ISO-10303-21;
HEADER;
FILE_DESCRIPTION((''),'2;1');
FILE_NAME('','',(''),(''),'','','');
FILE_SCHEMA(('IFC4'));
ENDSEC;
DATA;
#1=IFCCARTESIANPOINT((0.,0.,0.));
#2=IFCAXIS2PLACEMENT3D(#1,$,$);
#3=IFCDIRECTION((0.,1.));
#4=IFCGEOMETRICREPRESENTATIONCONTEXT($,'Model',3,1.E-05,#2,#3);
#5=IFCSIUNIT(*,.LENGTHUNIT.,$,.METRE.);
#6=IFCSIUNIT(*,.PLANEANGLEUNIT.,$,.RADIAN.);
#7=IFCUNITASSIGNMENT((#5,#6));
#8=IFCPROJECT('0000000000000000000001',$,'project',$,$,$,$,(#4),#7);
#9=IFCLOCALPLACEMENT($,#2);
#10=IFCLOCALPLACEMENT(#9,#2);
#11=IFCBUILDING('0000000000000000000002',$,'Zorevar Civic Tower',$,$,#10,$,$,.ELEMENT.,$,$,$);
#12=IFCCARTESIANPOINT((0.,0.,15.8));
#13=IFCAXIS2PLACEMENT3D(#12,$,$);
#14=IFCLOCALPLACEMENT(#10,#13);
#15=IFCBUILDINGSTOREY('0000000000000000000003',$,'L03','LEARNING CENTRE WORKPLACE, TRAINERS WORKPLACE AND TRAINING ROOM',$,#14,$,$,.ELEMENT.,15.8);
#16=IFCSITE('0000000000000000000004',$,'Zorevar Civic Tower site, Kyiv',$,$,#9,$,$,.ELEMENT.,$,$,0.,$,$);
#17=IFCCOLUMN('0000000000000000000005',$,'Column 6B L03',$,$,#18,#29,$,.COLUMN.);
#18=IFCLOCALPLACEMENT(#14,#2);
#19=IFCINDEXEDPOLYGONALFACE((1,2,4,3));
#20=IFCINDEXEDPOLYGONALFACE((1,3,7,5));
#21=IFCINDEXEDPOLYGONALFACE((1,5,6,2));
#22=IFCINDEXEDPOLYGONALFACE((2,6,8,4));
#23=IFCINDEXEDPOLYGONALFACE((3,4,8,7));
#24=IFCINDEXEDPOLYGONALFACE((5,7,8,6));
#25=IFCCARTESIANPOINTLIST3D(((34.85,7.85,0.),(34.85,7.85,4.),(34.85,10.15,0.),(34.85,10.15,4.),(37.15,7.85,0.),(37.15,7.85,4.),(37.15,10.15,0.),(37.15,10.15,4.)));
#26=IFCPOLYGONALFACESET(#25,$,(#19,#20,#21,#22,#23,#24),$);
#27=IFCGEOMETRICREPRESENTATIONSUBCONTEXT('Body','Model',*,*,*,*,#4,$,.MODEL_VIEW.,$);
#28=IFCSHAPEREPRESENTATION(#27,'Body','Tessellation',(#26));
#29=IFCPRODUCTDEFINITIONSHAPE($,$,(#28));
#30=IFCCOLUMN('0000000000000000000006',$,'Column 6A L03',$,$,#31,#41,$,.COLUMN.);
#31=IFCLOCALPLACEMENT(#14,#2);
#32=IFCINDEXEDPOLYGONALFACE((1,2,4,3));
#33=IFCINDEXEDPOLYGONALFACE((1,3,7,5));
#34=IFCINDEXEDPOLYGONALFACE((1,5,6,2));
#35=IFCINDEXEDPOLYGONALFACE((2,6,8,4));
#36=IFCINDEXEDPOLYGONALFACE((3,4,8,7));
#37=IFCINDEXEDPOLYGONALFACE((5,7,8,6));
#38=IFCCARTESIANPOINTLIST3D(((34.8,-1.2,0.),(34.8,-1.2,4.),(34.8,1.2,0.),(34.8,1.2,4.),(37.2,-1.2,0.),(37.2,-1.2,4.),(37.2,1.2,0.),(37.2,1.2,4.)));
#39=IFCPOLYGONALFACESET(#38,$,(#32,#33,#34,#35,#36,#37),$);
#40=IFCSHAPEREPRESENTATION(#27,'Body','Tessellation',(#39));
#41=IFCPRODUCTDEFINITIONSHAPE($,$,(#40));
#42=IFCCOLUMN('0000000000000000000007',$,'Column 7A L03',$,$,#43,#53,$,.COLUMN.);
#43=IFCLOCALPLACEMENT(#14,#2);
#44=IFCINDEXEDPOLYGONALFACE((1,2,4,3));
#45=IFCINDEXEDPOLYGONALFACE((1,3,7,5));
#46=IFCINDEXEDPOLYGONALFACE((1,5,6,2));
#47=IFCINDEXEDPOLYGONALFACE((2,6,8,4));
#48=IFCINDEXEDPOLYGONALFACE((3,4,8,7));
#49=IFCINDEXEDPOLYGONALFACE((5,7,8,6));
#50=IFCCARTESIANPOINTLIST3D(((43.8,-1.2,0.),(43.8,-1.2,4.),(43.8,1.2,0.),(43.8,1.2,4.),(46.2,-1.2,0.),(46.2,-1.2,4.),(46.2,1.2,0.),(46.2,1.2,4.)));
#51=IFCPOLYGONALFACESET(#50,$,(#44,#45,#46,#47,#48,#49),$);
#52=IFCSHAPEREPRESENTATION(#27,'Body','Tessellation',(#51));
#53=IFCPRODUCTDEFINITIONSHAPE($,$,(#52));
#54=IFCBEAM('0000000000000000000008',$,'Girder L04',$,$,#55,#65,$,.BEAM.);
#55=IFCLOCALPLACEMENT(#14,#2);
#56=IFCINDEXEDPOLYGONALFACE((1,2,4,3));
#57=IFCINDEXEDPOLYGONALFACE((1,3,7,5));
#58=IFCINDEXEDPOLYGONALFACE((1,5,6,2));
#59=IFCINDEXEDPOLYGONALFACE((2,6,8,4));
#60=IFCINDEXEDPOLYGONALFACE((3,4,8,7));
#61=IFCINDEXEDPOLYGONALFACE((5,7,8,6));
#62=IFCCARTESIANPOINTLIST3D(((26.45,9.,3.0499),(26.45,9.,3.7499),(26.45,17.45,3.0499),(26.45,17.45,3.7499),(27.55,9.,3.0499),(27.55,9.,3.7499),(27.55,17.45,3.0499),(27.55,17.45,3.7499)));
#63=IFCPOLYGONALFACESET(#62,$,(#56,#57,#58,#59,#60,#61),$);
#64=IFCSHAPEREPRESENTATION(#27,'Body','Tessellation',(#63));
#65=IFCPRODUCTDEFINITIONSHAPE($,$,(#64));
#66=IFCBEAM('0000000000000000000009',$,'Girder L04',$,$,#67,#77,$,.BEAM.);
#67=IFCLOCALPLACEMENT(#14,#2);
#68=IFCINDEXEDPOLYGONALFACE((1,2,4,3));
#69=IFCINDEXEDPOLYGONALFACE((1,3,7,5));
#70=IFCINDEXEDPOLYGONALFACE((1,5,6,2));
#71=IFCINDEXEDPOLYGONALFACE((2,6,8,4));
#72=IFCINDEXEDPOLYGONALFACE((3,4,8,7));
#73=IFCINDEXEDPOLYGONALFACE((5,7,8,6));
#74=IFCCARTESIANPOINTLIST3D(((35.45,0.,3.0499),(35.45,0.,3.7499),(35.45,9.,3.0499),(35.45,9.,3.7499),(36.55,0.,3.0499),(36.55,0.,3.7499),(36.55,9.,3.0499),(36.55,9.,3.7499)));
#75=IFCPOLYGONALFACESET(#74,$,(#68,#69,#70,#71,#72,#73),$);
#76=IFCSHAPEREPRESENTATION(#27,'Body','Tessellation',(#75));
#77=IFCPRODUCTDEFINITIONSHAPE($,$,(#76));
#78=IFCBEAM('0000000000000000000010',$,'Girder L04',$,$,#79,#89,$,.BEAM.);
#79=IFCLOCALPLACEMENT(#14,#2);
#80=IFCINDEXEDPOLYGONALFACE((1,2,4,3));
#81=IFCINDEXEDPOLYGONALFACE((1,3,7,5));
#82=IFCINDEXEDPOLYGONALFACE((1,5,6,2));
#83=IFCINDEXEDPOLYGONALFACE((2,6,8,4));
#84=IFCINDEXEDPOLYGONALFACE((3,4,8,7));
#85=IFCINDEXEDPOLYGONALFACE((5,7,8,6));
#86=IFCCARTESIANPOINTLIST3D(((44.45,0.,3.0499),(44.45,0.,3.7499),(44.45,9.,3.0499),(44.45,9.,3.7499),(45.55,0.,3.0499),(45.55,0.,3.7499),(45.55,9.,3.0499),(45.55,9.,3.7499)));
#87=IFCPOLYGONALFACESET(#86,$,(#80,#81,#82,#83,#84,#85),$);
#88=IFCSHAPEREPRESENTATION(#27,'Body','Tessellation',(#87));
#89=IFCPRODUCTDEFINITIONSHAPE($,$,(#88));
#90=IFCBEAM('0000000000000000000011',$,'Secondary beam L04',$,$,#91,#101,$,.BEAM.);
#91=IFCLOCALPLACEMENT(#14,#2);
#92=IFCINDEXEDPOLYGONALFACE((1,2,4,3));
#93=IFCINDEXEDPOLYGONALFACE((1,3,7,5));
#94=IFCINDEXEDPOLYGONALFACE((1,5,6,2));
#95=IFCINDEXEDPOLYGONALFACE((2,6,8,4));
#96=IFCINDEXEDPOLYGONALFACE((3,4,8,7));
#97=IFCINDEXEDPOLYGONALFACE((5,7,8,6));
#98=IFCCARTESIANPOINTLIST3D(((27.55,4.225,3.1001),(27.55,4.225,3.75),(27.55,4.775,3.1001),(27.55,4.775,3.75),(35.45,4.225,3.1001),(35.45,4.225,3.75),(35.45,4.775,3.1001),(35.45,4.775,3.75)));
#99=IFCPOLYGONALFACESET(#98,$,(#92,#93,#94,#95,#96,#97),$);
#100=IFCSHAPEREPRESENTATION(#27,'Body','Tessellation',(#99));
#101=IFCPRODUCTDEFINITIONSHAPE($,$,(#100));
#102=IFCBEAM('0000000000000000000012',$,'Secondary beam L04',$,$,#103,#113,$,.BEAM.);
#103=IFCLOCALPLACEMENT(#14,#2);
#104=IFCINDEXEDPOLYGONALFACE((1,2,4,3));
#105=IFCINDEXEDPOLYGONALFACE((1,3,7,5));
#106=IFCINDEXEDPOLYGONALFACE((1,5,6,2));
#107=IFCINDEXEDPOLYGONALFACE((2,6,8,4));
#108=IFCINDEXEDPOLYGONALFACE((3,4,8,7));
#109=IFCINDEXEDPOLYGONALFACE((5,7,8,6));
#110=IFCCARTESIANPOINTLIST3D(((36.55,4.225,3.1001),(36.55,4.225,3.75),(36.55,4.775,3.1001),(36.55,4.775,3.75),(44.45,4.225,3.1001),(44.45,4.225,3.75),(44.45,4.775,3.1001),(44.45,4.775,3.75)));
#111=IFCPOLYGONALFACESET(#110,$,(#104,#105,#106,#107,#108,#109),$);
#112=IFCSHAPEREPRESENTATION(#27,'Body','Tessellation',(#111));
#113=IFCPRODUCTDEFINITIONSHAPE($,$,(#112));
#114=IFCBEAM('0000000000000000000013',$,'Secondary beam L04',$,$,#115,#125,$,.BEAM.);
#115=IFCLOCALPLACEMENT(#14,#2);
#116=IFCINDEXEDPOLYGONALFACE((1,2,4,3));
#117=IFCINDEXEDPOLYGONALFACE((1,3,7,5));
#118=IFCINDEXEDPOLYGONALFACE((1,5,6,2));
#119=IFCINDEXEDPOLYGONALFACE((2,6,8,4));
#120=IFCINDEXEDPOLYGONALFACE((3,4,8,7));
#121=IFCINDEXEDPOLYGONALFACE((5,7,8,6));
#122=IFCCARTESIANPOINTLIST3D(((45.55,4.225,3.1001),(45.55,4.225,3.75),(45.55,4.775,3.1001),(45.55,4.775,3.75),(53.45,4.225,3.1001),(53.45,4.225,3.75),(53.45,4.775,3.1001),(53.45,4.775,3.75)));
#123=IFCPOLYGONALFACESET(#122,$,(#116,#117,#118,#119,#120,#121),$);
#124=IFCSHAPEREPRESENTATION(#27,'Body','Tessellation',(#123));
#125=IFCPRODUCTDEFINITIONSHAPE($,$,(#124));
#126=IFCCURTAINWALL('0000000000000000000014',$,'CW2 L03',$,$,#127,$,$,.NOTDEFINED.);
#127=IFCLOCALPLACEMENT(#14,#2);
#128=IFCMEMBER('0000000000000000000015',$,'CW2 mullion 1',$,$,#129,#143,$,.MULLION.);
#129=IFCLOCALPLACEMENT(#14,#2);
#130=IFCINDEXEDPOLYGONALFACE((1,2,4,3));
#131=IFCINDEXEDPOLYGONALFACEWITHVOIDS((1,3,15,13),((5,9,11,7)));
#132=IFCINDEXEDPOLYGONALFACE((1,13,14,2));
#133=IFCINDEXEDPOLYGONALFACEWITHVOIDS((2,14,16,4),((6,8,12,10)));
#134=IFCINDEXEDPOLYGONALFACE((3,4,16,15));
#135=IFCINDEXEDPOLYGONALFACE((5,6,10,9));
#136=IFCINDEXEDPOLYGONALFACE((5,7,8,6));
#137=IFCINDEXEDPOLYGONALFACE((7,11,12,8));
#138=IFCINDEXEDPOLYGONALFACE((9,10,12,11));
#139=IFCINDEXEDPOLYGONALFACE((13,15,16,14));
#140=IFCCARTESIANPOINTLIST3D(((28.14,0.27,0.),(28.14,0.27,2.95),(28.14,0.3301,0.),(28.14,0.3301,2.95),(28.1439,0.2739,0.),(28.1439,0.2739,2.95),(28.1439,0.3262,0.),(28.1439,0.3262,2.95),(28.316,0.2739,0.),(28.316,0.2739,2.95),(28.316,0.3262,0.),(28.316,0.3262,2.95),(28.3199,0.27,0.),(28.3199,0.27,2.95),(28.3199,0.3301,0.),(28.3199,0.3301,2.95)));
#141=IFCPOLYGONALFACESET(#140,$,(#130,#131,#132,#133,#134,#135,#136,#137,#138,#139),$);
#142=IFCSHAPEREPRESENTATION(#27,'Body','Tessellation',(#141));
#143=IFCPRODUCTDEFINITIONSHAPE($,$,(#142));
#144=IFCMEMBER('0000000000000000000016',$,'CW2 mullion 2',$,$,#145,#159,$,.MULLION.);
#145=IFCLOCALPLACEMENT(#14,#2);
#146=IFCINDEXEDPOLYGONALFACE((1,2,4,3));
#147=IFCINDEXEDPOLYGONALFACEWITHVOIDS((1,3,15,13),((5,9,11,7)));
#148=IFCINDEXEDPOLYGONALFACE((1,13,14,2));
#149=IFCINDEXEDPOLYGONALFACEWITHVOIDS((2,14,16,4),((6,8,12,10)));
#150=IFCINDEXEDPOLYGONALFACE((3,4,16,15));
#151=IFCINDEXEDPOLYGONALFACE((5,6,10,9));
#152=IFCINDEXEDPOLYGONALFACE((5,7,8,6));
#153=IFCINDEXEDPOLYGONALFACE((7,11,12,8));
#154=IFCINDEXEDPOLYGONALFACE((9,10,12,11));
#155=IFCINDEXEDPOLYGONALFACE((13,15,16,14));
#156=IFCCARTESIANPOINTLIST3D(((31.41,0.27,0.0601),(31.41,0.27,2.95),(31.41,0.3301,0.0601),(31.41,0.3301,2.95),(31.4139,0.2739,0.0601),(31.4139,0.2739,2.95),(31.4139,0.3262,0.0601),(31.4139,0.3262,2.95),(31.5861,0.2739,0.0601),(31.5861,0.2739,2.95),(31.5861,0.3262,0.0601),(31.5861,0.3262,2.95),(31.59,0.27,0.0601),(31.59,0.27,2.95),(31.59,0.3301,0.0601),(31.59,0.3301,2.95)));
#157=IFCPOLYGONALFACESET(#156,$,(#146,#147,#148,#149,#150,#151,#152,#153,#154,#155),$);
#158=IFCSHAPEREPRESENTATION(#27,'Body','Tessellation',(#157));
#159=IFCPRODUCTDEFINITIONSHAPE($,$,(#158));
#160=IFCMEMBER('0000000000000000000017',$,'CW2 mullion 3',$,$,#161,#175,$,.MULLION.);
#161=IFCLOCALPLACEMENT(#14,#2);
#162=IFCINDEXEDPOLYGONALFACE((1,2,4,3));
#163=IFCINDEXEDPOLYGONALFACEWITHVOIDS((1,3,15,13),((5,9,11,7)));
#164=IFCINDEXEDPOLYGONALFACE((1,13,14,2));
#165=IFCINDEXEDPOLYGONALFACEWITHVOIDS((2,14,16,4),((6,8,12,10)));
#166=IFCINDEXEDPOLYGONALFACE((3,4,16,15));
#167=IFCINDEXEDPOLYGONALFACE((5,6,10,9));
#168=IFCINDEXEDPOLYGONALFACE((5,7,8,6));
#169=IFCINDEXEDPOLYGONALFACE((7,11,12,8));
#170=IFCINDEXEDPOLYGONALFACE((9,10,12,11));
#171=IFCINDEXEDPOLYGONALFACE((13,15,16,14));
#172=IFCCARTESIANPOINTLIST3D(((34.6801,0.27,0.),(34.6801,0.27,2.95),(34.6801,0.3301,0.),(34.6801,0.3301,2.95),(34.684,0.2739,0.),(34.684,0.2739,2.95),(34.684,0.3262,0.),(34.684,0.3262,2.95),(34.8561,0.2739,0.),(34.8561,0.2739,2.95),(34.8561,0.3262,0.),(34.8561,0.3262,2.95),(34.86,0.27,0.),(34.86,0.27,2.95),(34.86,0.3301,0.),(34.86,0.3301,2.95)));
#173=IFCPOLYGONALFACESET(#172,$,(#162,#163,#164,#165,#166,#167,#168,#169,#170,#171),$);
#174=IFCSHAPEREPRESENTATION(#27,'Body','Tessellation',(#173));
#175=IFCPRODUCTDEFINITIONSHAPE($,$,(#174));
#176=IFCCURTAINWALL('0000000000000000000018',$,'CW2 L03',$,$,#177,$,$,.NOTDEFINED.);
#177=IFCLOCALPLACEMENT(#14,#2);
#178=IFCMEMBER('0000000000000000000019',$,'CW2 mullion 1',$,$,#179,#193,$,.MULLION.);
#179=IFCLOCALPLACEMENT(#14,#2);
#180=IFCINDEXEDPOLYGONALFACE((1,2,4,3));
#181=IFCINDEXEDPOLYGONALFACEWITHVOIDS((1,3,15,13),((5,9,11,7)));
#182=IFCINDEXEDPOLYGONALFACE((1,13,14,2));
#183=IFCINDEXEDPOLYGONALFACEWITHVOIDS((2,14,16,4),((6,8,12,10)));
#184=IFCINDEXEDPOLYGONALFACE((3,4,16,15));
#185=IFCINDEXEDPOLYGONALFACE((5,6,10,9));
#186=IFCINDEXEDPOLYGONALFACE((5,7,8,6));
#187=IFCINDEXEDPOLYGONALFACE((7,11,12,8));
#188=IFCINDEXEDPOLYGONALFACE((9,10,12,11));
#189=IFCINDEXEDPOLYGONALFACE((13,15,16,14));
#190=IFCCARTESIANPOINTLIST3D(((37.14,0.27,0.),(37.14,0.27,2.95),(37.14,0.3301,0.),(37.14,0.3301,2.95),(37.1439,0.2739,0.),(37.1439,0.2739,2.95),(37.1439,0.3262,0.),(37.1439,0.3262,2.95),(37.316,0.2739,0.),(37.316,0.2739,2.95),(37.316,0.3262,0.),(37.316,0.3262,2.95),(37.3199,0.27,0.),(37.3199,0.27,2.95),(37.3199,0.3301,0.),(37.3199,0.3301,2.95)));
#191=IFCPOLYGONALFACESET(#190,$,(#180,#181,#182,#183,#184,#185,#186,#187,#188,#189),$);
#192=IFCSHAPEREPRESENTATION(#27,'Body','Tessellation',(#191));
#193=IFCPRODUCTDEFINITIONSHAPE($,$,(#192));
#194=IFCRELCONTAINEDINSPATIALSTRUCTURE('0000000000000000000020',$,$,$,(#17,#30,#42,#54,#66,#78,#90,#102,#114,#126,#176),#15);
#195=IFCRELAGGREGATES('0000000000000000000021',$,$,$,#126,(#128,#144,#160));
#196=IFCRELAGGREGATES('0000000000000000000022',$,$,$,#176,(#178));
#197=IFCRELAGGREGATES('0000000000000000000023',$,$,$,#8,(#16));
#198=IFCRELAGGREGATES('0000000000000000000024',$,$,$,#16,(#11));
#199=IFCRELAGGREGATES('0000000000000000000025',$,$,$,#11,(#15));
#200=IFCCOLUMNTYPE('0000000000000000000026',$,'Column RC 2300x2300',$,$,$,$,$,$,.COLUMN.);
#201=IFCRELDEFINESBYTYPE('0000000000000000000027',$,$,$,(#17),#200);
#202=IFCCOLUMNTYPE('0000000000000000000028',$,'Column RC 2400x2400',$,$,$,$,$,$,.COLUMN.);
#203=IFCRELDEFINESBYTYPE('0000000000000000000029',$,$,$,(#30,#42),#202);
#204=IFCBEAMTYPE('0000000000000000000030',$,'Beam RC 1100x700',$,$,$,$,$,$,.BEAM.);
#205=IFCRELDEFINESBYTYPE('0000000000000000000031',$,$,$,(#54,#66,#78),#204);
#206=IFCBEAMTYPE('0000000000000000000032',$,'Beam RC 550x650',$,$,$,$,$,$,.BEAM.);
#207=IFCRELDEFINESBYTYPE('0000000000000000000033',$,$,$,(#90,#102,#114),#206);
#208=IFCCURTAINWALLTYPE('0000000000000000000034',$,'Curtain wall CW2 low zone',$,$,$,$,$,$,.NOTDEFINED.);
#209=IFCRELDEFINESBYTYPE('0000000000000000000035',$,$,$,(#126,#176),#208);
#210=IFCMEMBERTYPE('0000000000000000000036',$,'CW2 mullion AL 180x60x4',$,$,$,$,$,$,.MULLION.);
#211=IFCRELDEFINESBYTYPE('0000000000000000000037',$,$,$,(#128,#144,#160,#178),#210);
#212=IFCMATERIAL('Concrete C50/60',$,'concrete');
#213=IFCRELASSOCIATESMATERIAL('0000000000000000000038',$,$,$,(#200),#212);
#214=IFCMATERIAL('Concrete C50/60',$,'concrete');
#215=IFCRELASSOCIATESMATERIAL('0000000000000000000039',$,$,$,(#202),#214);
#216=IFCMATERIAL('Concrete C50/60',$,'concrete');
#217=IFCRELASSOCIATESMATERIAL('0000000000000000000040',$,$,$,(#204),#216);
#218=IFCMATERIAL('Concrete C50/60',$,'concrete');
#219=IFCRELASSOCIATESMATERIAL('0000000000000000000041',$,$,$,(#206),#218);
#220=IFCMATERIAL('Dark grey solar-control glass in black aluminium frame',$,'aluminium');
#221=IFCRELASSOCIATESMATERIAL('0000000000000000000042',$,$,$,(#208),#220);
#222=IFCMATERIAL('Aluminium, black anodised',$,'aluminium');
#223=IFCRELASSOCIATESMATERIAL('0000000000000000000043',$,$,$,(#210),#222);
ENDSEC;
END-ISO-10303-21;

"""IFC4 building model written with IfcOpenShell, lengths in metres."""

from ifc_helpers import new_model, si_unit, direction, frame, origin, origin_2d, place, context, subcontext, project, spatial, rectangle, hollow_rectangle, extrude, material, material_profile, profile_set, type_object, element, aggregate, save


model = new_model("IFC4")

# Units and contexts
model_context = context("Model", 3, precision=1e-05, world=origin(), true_north=direction((0.0, 1.0)))
body_context = subcontext(model_context, "Body", "Model", "MODEL_VIEW")
ifc_project = project(units=[si_unit("LENGTHUNIT", "METRE"), si_unit("PLANEANGLEUNIT", "RADIAN")], contexts=[model_context])

# Site, building, storey
site_placement = place(None, origin())
site = spatial("IfcSite", under=ifc_project, at=site_placement, Name="Zorevar Civic Tower site, Kyiv", CompositionType="ELEMENT", RefElevation=0.0)
building_placement = place(site_placement, origin())
building = spatial("IfcBuilding", under=site, at=building_placement, Name="Zorevar Civic Tower", CompositionType="ELEMENT")
storey_placement = place(building_placement, frame((0.0, 0.0, 15.8)))
storey = spatial("IfcBuildingStorey", under=building, at=storey_placement, Name="L03", Description="LEARNING CENTRE WORKPLACE, TRAINERS WORKPLACE AND TRAINING ROOM", CompositionType="ELEMENT", Elevation=15.8)

# Columns
ifc_material_1 = material(Name="Concrete C50/60", Category="concrete")
ifc_material_profile_1 = material_profile(ifc_material_1, rectangle(XDim=2.3, YDim=2.3, at=origin_2d()), Name="RC 2300x2300")
ifc_profile_set_1 = profile_set([ifc_material_profile_1], Name="Concrete C50/60")
column_type_1 = type_object("IfcColumnType", Name="Column RC 2300x2300", PredefinedType="COLUMN", material=ifc_profile_set_1)
column_placement = place(storey_placement, frame((36.0, 9.0, 0.0), z_axis=(0.0, 0.0, 1.0), x_axis=(1.0, 0.0, 0.0)))
element("IfcColumn", 1, at=column_placement, inside=storey, type_object=column_type_1, Name="Column 6B L03", PredefinedType="COLUMN", context=body_context, shape_type="SweptSolid", body=[
    extrude(rectangle(XDim=2.3, YDim=2.3, at=origin_2d()), origin(), (0.0, 0.0, 1.0), 4.0),
])
ifc_material_2 = material(Name="Concrete C50/60", Category="concrete")
ifc_material_profile_2 = material_profile(ifc_material_2, rectangle(XDim=2.3999, YDim=2.3999, at=origin_2d()), Name="RC 2400x2400")
ifc_profile_set_2 = profile_set([ifc_material_profile_2], Name="Concrete C50/60")
column_type_2 = type_object("IfcColumnType", Name="Column RC 2400x2400", PredefinedType="COLUMN", material=ifc_profile_set_2)
for number, where, z_axis, x_axis, name in (
    (2, (36.0, 0.0, 0.0), (0.0, 0.0, 1.0), (1.0, 0.0, 0.0), "Column 6A L03"),
    (3, (45.0, 0.0, 0.0), (0.0, 0.0, 1.0), (1.0, 0.0, 0.0), "Column 7A L03"),
):
    element("IfcColumn", number, at=place(storey_placement, frame(where, z_axis=z_axis, x_axis=x_axis)), inside=storey, type_object=column_type_2, Name=name, PredefinedType="COLUMN", context=body_context, shape_type="SweptSolid", body=[
        extrude(rectangle(XDim=2.3999, YDim=2.3999, at=origin_2d()), origin(), (0.0, 0.0, 1.0), 4.0),
    ])

# Beams
ifc_material_3 = material(Name="Concrete C50/60", Category="concrete")
ifc_material_profile_3 = material_profile(ifc_material_3, rectangle(XDim=1.1001, YDim=0.7, at=origin_2d()), Name="RC 1100x700")
ifc_profile_set_3 = profile_set([ifc_material_profile_3], Name="Concrete C50/60")
beam_type_1 = type_object("IfcBeamType", Name="Beam RC 1100x700", PredefinedType="BEAM", material=ifc_profile_set_3)
beam_placement = place(storey_placement, frame((27.0, 9.0, 3.3999), z_axis=(0.0, 1.0, 0.0), x_axis=(-1.0, 0.0, 0.0)))
element("IfcBeam", 4, at=beam_placement, inside=storey, type_object=beam_type_1, Name="Girder L04", PredefinedType="BEAM", context=body_context, shape_type="SweptSolid", body=[
    extrude(rectangle(XDim=1.1001, YDim=0.7, at=origin_2d()), origin(), (0.0, 0.0, 1.0), 8.45),
])
for number, where, z_axis, x_axis, name in (
    (5, (36.0, 0.0, 3.3999), (0.0, 1.0, 0.0), (-1.0, 0.0, 0.0), "Girder L04"),
    (6, (45.0, 0.0, 3.3999), (0.0, 1.0, 0.0), (-1.0, 0.0, 0.0), "Girder L04"),
):
    element("IfcBeam", number, at=place(storey_placement, frame(where, z_axis=z_axis, x_axis=x_axis)), inside=storey, type_object=beam_type_1, Name=name, PredefinedType="BEAM", context=body_context, shape_type="SweptSolid", body=[
        extrude(rectangle(XDim=1.1001, YDim=0.7, at=origin_2d()), origin(), (0.0, 0.0, 1.0), 9.0),
    ])
ifc_material_4 = material(Name="Concrete C50/60", Category="concrete")
ifc_material_profile_4 = material_profile(ifc_material_4, rectangle(XDim=0.55, YDim=0.6499, at=origin_2d()), Name="RC 550x650")
ifc_profile_set_4 = profile_set([ifc_material_profile_4], Name="Concrete C50/60")
beam_type_2 = type_object("IfcBeamType", Name="Beam RC 550x650", PredefinedType="BEAM", material=ifc_profile_set_4)
for number, where, z_axis, x_axis, name in (
    (7, (27.55, 4.5, 3.425), (1.0, 0.0, 0.0), (0.0, 1.0, 0.0), "Secondary beam L04"),
    (8, (36.55, 4.5, 3.425), (1.0, 0.0, 0.0), (0.0, 1.0, 0.0), "Secondary beam L04"),
    (9, (45.55, 4.5, 3.425), (1.0, 0.0, 0.0), (0.0, 1.0, 0.0), "Secondary beam L04"),
):
    element("IfcBeam", number, at=place(storey_placement, frame(where, z_axis=z_axis, x_axis=x_axis)), inside=storey, type_object=beam_type_2, Name=name, PredefinedType="BEAM", context=body_context, shape_type="SweptSolid", body=[
        extrude(rectangle(XDim=0.55, YDim=0.6499, at=origin_2d()), origin(), (0.0, 0.0, 1.0), 7.8999),
    ])

# Curtain walls, members
ifc_material_5 = material(Name="Dark grey solar-control glass in black aluminium frame", Category="aluminium")
curtain_wall_type = type_object("IfcCurtainWallType", Name="Curtain wall CW2 low zone", PredefinedType="NOTDEFINED", material=ifc_material_5)
curtain_wall_1_placement = place(storey_placement, origin())
curtain_wall_1 = element("IfcCurtainWall", 10, at=curtain_wall_1_placement, inside=storey, type_object=curtain_wall_type, Name="CW2 L03", PredefinedType="NOTDEFINED")
ifc_material_6 = material(Name="Aluminium, black anodised", Category="aluminium")
ifc_material_profile_5 = material_profile(ifc_material_6, hollow_rectangle(XDim=0.0601, YDim=0.1799, WallThickness=0.0039, at=origin_2d()), Name="AL 180x60x4")
ifc_profile_set_5 = profile_set([ifc_material_profile_5], Name="Aluminium, black anodised")
member_type_1 = type_object("IfcMemberType", Name="CW2 mullion AL 180x60x4", PredefinedType="MULLION", material=ifc_profile_set_5)
member_1_placement = place(storey_placement, frame((28.23, 0.3, 0.0), z_axis=(0.0, 0.0, 1.0), x_axis=(0.0, 1.0, 0.0)))
member_1 = element("IfcMember", 11, at=member_1_placement, type_object=member_type_1, Name="CW2 mullion 1", PredefinedType="MULLION", context=body_context, shape_type="SweptSolid", body=[
    extrude(hollow_rectangle(XDim=0.0601, YDim=0.1799, WallThickness=0.0039, at=origin_2d()), origin(), (0.0, 0.0, 1.0), 2.95),
])
member_2_placement = place(storey_placement, frame((31.5, 0.3, 0.0601), z_axis=(0.0, 0.0, 1.0), x_axis=(0.0, 1.0, 0.0)))
member_2 = element("IfcMember", 12, at=member_2_placement, type_object=member_type_1, Name="CW2 mullion 2", PredefinedType="MULLION", context=body_context, shape_type="SweptSolid", body=[
    extrude(hollow_rectangle(XDim=0.0601, YDim=0.1799, WallThickness=0.0039, at=origin_2d()), origin(), (0.0, 0.0, 1.0), 2.8899),
])
member_3_placement = place(storey_placement, frame((34.77, 0.3, 0.0), z_axis=(0.0, 0.0, 1.0), x_axis=(0.0, 1.0, 0.0)))
member_3 = element("IfcMember", 13, at=member_3_placement, type_object=member_type_1, Name="CW2 mullion 3", PredefinedType="MULLION", context=body_context, shape_type="SweptSolid", body=[
    extrude(hollow_rectangle(XDim=0.0601, YDim=0.1799, WallThickness=0.0039, at=origin_2d()), origin(), (0.0, 0.0, 1.0), 2.95),
])
curtain_wall_2_placement = place(storey_placement, origin())
curtain_wall_2 = element("IfcCurtainWall", 14, at=curtain_wall_2_placement, inside=storey, type_object=curtain_wall_type, Name="CW2 L03", PredefinedType="NOTDEFINED")
member_4_placement = place(storey_placement, frame((37.23, 0.3, 0.0), z_axis=(0.0, 0.0, 1.0), x_axis=(0.0, 1.0, 0.0)))
member_4 = element("IfcMember", 15, at=member_4_placement, type_object=member_type_1, Name="CW2 mullion 1", PredefinedType="MULLION", context=body_context, shape_type="SweptSolid", body=[
    extrude(hollow_rectangle(XDim=0.0601, YDim=0.1799, WallThickness=0.0039, at=origin_2d()), origin(), (0.0, 0.0, 1.0), 2.95),
])

aggregate(curtain_wall_1, [member_1, member_2, member_3])
aggregate(curtain_wall_2, [member_4])

save(model, "model.ifc")
